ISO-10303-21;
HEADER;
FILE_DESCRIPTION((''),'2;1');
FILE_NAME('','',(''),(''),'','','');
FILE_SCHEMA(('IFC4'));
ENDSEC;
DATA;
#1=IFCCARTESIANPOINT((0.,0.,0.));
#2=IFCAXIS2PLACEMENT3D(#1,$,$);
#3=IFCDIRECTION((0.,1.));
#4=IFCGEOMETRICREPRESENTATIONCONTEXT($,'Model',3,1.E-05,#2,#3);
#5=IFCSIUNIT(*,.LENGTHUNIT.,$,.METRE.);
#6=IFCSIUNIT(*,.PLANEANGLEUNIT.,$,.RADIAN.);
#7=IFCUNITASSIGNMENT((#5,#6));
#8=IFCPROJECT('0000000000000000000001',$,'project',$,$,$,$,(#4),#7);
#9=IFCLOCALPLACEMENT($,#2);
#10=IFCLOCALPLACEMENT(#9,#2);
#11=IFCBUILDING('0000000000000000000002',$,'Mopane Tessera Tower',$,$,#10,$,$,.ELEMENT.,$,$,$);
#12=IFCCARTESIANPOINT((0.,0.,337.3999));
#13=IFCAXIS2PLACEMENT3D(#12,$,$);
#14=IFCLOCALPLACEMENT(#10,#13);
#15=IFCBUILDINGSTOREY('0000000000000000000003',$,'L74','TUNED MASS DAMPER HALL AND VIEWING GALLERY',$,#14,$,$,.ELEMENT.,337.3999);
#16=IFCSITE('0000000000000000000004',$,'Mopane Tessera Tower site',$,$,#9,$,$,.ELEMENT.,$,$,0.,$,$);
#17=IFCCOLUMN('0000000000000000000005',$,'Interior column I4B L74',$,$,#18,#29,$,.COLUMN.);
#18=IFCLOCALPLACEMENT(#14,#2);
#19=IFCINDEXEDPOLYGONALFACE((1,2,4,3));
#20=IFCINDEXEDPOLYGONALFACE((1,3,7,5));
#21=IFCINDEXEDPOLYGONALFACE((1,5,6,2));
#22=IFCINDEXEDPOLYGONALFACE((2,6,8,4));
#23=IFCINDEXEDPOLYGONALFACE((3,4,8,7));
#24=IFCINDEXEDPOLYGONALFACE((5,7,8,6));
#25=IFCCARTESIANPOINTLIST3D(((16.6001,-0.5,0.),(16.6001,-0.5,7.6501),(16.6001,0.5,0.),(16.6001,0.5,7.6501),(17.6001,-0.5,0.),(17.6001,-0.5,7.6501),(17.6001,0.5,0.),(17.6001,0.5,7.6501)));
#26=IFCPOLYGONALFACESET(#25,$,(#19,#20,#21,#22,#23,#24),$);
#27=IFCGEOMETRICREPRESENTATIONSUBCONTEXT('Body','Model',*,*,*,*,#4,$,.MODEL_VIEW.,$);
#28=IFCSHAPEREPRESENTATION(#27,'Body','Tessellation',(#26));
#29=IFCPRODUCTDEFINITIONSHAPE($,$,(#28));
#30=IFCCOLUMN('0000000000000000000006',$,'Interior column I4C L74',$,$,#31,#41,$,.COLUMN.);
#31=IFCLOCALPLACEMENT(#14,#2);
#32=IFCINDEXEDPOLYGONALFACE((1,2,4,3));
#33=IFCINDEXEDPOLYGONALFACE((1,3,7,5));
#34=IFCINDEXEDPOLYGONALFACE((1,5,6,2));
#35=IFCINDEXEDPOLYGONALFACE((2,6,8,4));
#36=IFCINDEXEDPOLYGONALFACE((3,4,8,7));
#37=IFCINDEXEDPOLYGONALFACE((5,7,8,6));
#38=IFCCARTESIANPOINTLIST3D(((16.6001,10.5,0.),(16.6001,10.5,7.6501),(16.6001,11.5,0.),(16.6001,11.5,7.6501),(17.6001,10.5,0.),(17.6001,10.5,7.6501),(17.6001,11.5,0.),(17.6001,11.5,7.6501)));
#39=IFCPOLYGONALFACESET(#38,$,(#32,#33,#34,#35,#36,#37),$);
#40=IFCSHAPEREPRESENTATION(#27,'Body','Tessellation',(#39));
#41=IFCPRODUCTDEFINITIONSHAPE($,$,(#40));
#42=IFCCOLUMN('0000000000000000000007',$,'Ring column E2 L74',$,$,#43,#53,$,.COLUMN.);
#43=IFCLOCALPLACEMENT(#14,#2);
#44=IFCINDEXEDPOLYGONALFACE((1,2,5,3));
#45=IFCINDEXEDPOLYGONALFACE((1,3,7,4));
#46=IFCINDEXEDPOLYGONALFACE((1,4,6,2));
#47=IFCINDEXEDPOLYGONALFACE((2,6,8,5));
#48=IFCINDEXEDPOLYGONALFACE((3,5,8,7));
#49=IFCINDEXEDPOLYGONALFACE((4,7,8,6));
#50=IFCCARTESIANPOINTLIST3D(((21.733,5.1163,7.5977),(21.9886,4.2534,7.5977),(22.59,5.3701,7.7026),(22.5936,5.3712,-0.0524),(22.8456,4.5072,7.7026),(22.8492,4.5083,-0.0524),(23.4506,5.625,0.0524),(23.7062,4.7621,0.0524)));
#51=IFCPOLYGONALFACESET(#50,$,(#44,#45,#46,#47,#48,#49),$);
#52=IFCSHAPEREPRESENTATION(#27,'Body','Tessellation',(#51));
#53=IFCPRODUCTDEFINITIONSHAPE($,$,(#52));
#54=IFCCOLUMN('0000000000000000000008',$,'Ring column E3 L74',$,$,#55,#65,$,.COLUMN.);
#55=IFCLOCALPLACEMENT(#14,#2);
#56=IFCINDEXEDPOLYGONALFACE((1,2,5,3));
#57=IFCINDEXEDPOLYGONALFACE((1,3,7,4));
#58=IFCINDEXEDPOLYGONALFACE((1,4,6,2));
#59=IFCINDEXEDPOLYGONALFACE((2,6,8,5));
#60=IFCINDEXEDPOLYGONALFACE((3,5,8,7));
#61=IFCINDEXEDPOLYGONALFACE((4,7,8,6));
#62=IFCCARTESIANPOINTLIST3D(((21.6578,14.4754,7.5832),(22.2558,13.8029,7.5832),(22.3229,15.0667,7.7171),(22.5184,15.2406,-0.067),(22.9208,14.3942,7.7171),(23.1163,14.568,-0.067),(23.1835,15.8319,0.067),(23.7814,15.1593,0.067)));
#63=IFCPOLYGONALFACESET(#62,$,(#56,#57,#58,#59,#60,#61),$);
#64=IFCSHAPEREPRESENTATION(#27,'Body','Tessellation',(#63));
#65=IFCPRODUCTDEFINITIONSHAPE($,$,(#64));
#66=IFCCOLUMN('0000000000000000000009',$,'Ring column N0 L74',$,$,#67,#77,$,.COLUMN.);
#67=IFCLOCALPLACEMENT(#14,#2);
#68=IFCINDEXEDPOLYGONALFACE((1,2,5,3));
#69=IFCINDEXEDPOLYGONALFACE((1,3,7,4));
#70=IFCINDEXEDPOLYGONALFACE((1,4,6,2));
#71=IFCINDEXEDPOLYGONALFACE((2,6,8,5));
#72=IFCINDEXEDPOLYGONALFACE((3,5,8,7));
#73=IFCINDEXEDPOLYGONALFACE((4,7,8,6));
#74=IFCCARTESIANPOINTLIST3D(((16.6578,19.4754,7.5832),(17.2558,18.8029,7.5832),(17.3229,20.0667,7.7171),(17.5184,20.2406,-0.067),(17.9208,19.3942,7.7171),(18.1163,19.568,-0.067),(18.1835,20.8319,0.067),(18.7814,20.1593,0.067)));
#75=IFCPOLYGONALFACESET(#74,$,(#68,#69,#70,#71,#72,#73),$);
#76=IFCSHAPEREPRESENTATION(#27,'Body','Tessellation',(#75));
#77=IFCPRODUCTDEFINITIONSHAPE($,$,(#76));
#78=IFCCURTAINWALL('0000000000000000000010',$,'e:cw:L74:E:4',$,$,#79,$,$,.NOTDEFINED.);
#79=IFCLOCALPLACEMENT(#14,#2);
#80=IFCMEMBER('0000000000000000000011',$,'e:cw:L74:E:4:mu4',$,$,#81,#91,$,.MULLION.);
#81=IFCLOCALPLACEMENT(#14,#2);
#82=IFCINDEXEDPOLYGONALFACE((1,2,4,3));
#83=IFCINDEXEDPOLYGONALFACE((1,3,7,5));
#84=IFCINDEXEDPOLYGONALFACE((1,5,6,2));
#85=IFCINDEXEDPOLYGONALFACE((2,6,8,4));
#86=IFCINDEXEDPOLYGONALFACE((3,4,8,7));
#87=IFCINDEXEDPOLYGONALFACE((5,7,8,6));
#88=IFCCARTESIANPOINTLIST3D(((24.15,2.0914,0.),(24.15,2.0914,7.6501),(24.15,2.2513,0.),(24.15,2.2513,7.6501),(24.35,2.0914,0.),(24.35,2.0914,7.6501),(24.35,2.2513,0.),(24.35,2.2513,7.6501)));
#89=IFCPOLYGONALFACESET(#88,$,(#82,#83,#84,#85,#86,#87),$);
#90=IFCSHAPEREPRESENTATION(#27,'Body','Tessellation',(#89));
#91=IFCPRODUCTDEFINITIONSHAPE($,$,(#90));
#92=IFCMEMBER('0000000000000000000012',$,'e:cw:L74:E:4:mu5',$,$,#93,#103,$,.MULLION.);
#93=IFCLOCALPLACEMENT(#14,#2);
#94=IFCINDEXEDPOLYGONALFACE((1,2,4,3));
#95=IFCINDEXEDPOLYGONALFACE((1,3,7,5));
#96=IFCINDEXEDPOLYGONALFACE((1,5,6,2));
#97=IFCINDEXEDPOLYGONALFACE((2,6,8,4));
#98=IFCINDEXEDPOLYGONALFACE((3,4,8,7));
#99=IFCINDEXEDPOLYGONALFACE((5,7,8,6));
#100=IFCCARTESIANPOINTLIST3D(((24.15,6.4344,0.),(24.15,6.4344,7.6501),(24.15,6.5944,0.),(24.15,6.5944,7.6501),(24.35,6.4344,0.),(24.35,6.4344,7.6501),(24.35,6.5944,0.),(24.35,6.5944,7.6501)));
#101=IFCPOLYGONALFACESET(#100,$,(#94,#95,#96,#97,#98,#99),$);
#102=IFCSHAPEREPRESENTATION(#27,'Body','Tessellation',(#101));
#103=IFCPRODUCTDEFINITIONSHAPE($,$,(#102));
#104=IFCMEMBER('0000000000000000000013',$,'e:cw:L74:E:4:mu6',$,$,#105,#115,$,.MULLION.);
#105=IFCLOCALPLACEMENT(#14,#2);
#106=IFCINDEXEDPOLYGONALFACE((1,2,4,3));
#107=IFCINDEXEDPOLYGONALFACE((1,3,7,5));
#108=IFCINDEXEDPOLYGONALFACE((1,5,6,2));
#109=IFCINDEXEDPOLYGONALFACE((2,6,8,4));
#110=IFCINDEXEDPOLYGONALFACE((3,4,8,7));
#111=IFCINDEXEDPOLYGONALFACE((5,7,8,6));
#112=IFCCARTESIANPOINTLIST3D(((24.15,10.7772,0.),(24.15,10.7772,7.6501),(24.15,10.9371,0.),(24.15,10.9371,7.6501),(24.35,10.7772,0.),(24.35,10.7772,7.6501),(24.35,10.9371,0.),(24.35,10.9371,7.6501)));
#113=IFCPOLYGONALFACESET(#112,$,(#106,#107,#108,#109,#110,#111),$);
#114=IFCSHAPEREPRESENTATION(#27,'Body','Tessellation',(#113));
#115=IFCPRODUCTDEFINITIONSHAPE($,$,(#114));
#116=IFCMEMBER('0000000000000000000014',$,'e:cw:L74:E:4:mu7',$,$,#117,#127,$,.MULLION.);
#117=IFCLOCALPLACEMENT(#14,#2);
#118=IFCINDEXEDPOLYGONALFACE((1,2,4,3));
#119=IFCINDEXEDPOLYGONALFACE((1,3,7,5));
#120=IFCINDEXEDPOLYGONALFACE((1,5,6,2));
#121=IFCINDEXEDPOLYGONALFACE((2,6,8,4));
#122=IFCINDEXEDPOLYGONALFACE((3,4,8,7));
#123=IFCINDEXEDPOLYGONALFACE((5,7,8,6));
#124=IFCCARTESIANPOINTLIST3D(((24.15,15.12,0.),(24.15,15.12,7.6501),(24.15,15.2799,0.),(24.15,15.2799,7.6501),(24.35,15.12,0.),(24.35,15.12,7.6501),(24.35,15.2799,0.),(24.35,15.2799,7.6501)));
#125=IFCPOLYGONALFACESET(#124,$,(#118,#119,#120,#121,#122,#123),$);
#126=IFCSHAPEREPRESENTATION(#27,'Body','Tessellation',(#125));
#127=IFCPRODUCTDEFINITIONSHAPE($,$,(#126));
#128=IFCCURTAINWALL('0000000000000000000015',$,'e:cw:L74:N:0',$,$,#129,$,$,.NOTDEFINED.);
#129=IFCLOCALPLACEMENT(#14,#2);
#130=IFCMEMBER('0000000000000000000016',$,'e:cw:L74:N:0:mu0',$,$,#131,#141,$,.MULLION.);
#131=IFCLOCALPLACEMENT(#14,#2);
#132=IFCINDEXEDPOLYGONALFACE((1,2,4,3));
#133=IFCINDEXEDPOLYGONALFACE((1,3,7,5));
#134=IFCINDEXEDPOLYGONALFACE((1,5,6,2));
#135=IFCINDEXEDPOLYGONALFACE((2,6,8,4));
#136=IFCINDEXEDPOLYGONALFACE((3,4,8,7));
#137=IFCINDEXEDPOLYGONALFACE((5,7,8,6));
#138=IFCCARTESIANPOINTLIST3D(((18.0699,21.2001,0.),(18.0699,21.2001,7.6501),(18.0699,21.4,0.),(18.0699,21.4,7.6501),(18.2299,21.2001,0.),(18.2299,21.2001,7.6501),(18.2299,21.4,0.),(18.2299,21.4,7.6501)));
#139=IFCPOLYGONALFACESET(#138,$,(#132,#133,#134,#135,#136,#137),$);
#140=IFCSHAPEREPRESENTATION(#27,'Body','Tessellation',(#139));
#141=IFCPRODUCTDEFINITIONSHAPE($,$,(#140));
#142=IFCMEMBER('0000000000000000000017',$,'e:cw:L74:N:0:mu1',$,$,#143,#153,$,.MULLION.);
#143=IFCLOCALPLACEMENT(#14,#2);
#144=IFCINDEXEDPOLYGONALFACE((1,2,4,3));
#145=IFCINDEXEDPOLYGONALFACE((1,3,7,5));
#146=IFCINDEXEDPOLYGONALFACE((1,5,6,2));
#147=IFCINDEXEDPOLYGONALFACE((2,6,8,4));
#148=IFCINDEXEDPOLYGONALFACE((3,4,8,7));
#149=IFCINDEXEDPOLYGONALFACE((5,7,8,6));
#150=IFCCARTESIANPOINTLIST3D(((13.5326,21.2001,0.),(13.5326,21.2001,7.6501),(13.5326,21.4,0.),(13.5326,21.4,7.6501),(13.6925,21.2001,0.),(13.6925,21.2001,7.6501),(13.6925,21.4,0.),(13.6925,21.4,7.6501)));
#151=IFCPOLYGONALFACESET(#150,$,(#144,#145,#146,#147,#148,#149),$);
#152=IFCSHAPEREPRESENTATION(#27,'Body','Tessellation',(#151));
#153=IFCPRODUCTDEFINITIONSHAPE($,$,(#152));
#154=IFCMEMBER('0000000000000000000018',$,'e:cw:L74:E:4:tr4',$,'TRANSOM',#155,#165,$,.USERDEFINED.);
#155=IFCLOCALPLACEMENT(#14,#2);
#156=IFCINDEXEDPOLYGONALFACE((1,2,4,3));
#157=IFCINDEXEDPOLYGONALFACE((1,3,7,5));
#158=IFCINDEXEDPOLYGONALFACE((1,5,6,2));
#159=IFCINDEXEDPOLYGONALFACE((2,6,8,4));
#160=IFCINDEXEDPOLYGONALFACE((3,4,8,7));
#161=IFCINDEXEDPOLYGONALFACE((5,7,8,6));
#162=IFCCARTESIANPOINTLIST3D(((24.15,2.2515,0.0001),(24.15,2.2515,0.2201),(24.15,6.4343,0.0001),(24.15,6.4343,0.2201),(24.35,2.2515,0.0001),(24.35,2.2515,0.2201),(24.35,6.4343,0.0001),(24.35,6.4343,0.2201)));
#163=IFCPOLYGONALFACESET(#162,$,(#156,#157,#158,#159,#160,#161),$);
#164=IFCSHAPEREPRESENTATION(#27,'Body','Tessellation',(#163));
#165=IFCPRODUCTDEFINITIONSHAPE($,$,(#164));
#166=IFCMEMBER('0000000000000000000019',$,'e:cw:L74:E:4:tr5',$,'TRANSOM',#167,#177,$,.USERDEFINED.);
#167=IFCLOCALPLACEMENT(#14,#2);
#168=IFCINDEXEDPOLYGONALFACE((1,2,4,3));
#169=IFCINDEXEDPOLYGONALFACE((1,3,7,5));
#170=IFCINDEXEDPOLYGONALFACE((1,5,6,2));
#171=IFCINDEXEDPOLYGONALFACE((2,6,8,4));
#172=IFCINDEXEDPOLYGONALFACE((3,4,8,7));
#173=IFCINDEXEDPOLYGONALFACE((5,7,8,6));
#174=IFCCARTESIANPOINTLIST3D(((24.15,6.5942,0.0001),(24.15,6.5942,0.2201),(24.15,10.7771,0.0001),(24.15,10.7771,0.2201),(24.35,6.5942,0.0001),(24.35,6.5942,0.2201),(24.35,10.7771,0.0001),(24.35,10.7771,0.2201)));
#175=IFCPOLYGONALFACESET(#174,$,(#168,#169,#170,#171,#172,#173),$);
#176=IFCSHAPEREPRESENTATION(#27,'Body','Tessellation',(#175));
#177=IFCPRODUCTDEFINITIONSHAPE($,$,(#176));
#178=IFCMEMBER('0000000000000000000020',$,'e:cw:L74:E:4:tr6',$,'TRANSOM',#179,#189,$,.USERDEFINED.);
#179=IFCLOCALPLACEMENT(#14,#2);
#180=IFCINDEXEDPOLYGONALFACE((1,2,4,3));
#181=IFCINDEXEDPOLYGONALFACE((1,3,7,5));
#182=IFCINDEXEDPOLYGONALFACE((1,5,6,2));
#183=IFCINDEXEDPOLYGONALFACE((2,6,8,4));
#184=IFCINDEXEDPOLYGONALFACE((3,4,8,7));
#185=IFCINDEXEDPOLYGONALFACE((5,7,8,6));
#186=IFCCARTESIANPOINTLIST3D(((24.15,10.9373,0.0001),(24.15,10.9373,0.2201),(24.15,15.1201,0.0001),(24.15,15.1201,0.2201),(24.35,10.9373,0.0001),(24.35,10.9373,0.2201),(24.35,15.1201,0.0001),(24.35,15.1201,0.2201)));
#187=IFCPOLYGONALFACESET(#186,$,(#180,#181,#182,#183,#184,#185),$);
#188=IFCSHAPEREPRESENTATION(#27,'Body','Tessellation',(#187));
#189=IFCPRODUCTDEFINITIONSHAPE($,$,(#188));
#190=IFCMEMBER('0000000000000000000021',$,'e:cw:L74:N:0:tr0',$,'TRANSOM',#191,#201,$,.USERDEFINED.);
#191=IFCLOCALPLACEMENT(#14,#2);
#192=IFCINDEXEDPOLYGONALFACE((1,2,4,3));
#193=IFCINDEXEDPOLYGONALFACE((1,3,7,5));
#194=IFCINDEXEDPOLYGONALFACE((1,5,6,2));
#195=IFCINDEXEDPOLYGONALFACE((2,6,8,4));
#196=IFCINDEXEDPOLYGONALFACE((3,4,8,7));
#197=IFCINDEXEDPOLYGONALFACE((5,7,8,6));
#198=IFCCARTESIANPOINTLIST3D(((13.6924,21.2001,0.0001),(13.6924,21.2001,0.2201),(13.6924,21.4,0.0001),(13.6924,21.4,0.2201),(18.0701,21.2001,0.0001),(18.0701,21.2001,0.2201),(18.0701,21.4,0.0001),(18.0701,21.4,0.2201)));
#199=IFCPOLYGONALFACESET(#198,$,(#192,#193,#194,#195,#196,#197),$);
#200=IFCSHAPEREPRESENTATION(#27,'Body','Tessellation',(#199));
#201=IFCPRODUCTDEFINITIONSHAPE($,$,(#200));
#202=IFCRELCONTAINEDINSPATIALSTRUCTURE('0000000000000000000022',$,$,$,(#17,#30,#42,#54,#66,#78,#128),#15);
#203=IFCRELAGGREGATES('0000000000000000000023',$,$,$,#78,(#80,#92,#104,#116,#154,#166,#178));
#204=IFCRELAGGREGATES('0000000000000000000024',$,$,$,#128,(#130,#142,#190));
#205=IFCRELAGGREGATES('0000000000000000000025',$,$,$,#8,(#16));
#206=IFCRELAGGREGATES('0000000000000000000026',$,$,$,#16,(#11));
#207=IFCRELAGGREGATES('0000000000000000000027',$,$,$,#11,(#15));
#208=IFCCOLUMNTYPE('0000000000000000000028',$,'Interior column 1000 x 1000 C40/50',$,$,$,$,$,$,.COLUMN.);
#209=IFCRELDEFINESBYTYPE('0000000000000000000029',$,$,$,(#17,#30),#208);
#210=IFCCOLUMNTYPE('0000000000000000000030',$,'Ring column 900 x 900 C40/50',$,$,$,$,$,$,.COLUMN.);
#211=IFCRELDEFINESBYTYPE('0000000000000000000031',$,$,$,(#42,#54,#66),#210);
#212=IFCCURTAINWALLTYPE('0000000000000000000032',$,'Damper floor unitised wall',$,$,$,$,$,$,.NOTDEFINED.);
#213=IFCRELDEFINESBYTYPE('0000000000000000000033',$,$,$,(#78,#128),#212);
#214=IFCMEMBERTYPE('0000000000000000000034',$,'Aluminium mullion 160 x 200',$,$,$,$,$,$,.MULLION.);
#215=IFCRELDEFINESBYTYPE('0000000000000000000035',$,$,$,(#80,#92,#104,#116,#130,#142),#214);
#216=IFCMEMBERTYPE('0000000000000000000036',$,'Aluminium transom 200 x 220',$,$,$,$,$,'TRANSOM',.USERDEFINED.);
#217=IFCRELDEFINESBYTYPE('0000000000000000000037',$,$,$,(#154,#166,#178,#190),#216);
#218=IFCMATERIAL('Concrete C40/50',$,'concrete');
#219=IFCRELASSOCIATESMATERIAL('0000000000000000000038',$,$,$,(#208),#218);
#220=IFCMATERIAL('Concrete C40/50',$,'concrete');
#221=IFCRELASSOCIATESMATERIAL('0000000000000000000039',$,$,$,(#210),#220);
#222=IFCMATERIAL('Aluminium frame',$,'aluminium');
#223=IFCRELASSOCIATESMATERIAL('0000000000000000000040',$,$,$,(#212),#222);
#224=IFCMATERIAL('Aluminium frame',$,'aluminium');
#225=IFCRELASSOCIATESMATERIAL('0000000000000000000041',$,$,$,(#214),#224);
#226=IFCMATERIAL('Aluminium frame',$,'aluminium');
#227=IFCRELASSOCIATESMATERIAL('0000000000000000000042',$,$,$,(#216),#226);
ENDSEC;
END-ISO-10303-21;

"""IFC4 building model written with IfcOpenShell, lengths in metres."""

from ifc_helpers import new_model, si_unit, direction, frame, origin, origin_2d, place, context, subcontext, project, spatial, rectangle, extrude, material, material_profile, profile_set, type_object, element, aggregate, save


model = new_model("IFC4")

# Units and contexts
model_context = context("Model", 3, precision=1e-05, world=origin(), true_north=direction((0.0, 1.0)))
body_context = subcontext(model_context, "Body", "Model", "MODEL_VIEW")
ifc_project = project(units=[si_unit("LENGTHUNIT", "METRE"), si_unit("PLANEANGLEUNIT", "RADIAN")], contexts=[model_context])

# Site, building, storey
site_placement = place(None, origin())
site = spatial("IfcSite", under=ifc_project, at=site_placement, Name="Mopane Tessera Tower site", CompositionType="ELEMENT", RefElevation=0.0)
building_placement = place(site_placement, origin())
building = spatial("IfcBuilding", under=site, at=building_placement, Name="Mopane Tessera Tower", CompositionType="ELEMENT")
storey_placement = place(building_placement, frame((0.0, 0.0, 337.3999)))
storey = spatial("IfcBuildingStorey", under=building, at=storey_placement, Name="L74", Description="TUNED MASS DAMPER HALL AND VIEWING GALLERY", CompositionType="ELEMENT", Elevation=337.3999)

# Columns
ifc_material_1 = material(Name="Concrete C40/50", Category="concrete")
ifc_material_profile_1 = material_profile(ifc_material_1, rectangle(XDim=1.0, YDim=1.0, at=origin_2d()))
ifc_profile_set_1 = profile_set([ifc_material_profile_1], Name="Concrete C40/50")
column_type_1 = type_object("IfcColumnType", Name="Interior column 1000 x 1000 C40/50", PredefinedType="COLUMN", material=ifc_profile_set_1)
for number, where, z_axis, x_axis, name in (
    (1, (17.1001, 0.0, 0.0), (0.0, 0.0, 1.0), (1.0, 0.0, 0.0), "Interior column I4B L74"),
    (2, (17.1001, 11.0, 0.0), (0.0, 0.0, 1.0), (1.0, 0.0, 0.0), "Interior column I4C L74"),
):
    element("IfcColumn", number, at=place(storey_placement, frame(where, z_axis=z_axis, x_axis=x_axis)), inside=storey, type_object=column_type_1, Name=name, PredefinedType="COLUMN", context=body_context, shape_type="SweptSolid", body=[
        extrude(rectangle(XDim=1.0, YDim=1.0, at=origin_2d()), origin(), (0.0, 0.0, 1.0), 7.6501),
    ])
ifc_material_2 = material(Name="Concrete C40/50", Category="concrete")
ifc_material_profile_2 = material_profile(ifc_material_2, rectangle(XDim=0.8999, YDim=0.8999, at=origin_2d()))
ifc_profile_set_2 = profile_set([ifc_material_profile_2], Name="Concrete C40/50")
column_type_2 = type_object("IfcColumnType", Name="Ring column 900 x 900 C40/50", PredefinedType="COLUMN", material=ifc_profile_set_2)
column_placement = place(storey_placement, frame((23.1499, 5.0667, 0.0), z_axis=(-0.111728, -0.03309, 0.993188), x_axis=(0.283977, -0.958831, 0.0)))
element("IfcColumn", 3, at=column_placement, inside=storey, type_object=column_type_2, Name="Ring column E2 L74", PredefinedType="COLUMN", context=body_context, shape_type="SweptSolid", body=[
    extrude(rectangle(XDim=0.8999, YDim=0.8999, at=origin_2d()), origin(), (0.0, 0.0, 1.0), 7.7026),
])
for number, where, z_axis, x_axis, name in (
    (4, (23.1499, 15.2, 0.0), (-0.111241, -0.098902, 0.98886), (0.664443, -0.747339, 0.0), "Ring column E3 L74"),
    (5, (18.1499, 20.2, 0.0), (-0.111241, -0.098902, 0.98886), (0.664443, -0.747339, 0.0), "Ring column N0 L74"),
):
    element("IfcColumn", number, at=place(storey_placement, frame(where, z_axis=z_axis, x_axis=x_axis)), inside=storey, type_object=column_type_2, Name=name, PredefinedType="COLUMN", context=body_context, shape_type="SweptSolid", body=[
        extrude(rectangle(XDim=0.8999, YDim=0.8999, at=origin_2d()), origin(), (0.0, 0.0, 1.0), 7.7363),
    ])

# Curtain walls, members
ifc_material_3 = material(Name="Aluminium frame", Category="aluminium")
curtain_wall_type = type_object("IfcCurtainWallType", Name="Damper floor unitised wall", PredefinedType="NOTDEFINED", material=ifc_material_3)
curtain_wall_1_placement = place(storey_placement, origin())
curtain_wall_1 = element("IfcCurtainWall", 6, at=curtain_wall_1_placement, inside=storey, type_object=curtain_wall_type, Name="e:cw:L74:E:4", PredefinedType="NOTDEFINED")
ifc_material_4 = material(Name="Aluminium frame", Category="aluminium")
ifc_material_profile_3 = material_profile(ifc_material_4, rectangle(XDim=0.1599, YDim=0.2, at=origin_2d()))
ifc_profile_set_3 = profile_set([ifc_material_profile_3], Name="Aluminium frame")
member_type_1 = type_object("IfcMemberType", Name="Aluminium mullion 160 x 200", PredefinedType="MULLION", material=ifc_profile_set_3)
member_1_placement = place(storey_placement, frame((24.25, 2.1714, 0.0), z_axis=(0.0, 0.0, 1.0), x_axis=(0.0, 1.0, 0.0)))
member_1 = element("IfcMember", 7, at=member_1_placement, type_object=member_type_1, Name="e:cw:L74:E:4:mu4", PredefinedType="MULLION", context=body_context, shape_type="SweptSolid", body=[
    extrude(rectangle(XDim=0.1599, YDim=0.2, at=origin_2d()), origin(), (0.0, 0.0, 1.0), 7.6501),
])
member_2_placement = place(storey_placement, frame((24.25, 6.5144, 0.0), z_axis=(0.0, 0.0, 1.0), x_axis=(0.0, 1.0, 0.0)))
member_2 = element("IfcMember", 8, at=member_2_placement, type_object=member_type_1, Name="e:cw:L74:E:4:mu5", PredefinedType="MULLION", context=body_context, shape_type="SweptSolid", body=[
    extrude(rectangle(XDim=0.1599, YDim=0.2, at=origin_2d()), origin(), (0.0, 0.0, 1.0), 7.6501),
])
member_3_placement = place(storey_placement, frame((24.25, 10.8572, 0.0), z_axis=(0.0, 0.0, 1.0), x_axis=(0.0, 1.0, 0.0)))
member_3 = element("IfcMember", 9, at=member_3_placement, type_object=member_type_1, Name="e:cw:L74:E:4:mu6", PredefinedType="MULLION", context=body_context, shape_type="SweptSolid", body=[
    extrude(rectangle(XDim=0.1599, YDim=0.2, at=origin_2d()), origin(), (0.0, 0.0, 1.0), 7.6501),
])
member_4_placement = place(storey_placement, frame((24.25, 15.2, 0.0), z_axis=(0.0, 0.0, 1.0), x_axis=(0.0, 1.0, 0.0)))
member_4 = element("IfcMember", 10, at=member_4_placement, type_object=member_type_1, Name="e:cw:L74:E:4:mu7", PredefinedType="MULLION", context=body_context, shape_type="SweptSolid", body=[
    extrude(rectangle(XDim=0.1599, YDim=0.2, at=origin_2d()), origin(), (0.0, 0.0, 1.0), 7.6501),
])
curtain_wall_2_placement = place(storey_placement, origin())
curtain_wall_2 = element("IfcCurtainWall", 11, at=curtain_wall_2_placement, inside=storey, type_object=curtain_wall_type, Name="e:cw:L74:N:0", PredefinedType="NOTDEFINED")
member_5_placement = place(storey_placement, frame((18.1499, 21.3, 0.0), z_axis=(0.0, 0.0, 1.0), x_axis=(-1.0, 0.0, 0.0)))
member_5 = element("IfcMember", 12, at=member_5_placement, type_object=member_type_1, Name="e:cw:L74:N:0:mu0", PredefinedType="MULLION", context=body_context, shape_type="SweptSolid", body=[
    extrude(rectangle(XDim=0.1599, YDim=0.2, at=origin_2d()), origin(), (0.0, 0.0, 1.0), 7.6501),
])
member_6_placement = place(storey_placement, frame((13.6125, 21.3, 0.0), z_axis=(0.0, 0.0, 1.0), x_axis=(-1.0, 0.0, 0.0)))
member_6 = element("IfcMember", 13, at=member_6_placement, type_object=member_type_1, Name="e:cw:L74:N:0:mu1", PredefinedType="MULLION", context=body_context, shape_type="SweptSolid", body=[
    extrude(rectangle(XDim=0.1599, YDim=0.2, at=origin_2d()), origin(), (0.0, 0.0, 1.0), 7.6501),
])

# Members
ifc_material_5 = material(Name="Aluminium frame", Category="aluminium")
ifc_material_profile_4 = material_profile(ifc_material_5, rectangle(XDim=0.2, YDim=0.22, at=origin_2d()))
ifc_profile_set_4 = profile_set([ifc_material_profile_4], Name="Aluminium frame")
member_type_2 = type_object("IfcMemberType", Name="Aluminium transom 200 x 220", ElementType="TRANSOM", PredefinedType="USERDEFINED", material=ifc_profile_set_4)
member_7_placement = place(storey_placement, frame((24.25, 2.2515, 0.1101), z_axis=(0.0, 1.0, 0.0), x_axis=(-1.0, 0.0, 0.0)))
member_7 = element("IfcMember", 14, at=member_7_placement, type_object=member_type_2, Name="e:cw:L74:E:4:tr4", ObjectType="TRANSOM", PredefinedType="USERDEFINED", context=body_context, shape_type="SweptSolid", body=[
    extrude(rectangle(XDim=0.2, YDim=0.22, at=origin_2d()), origin(), (0.0, 0.0, 1.0), 4.1829),
])
member_8_placement = place(storey_placement, frame((24.25, 6.5942, 0.1101), z_axis=(0.0, 1.0, 0.0), x_axis=(-1.0, 0.0, 0.0)))
member_8 = element("IfcMember", 15, at=member_8_placement, type_object=member_type_2, Name="e:cw:L74:E:4:tr5", ObjectType="TRANSOM", PredefinedType="USERDEFINED", context=body_context, shape_type="SweptSolid", body=[
    extrude(rectangle(XDim=0.2, YDim=0.22, at=origin_2d()), origin(), (0.0, 0.0, 1.0), 4.1829),
])
member_9_placement = place(storey_placement, frame((24.25, 10.9373, 0.1101), z_axis=(0.0, 1.0, 0.0), x_axis=(-1.0, 0.0, 0.0)))
member_9 = element("IfcMember", 16, at=member_9_placement, type_object=member_type_2, Name="e:cw:L74:E:4:tr6", ObjectType="TRANSOM", PredefinedType="USERDEFINED", context=body_context, shape_type="SweptSolid", body=[
    extrude(rectangle(XDim=0.2, YDim=0.22, at=origin_2d()), origin(), (0.0, 0.0, 1.0), 4.1829),
])
member_10_placement = place(storey_placement, frame((18.0701, 21.3, 0.1101), z_axis=(-1.0, 0.0, 0.0), x_axis=(0.0, -1.0, 0.0)))
member_10 = element("IfcMember", 17, at=member_10_placement, type_object=member_type_2, Name="e:cw:L74:N:0:tr0", ObjectType="TRANSOM", PredefinedType="USERDEFINED", context=body_context, shape_type="SweptSolid", body=[
    extrude(rectangle(XDim=0.2, YDim=0.22, at=origin_2d()), origin(), (0.0, 0.0, 1.0), 4.3777),
])

aggregate(curtain_wall_1, [member_1, member_2, member_3, member_4, member_7, member_8, member_9])
aggregate(curtain_wall_2, [member_5, member_6, member_10])

save(model, "model.ifc")
